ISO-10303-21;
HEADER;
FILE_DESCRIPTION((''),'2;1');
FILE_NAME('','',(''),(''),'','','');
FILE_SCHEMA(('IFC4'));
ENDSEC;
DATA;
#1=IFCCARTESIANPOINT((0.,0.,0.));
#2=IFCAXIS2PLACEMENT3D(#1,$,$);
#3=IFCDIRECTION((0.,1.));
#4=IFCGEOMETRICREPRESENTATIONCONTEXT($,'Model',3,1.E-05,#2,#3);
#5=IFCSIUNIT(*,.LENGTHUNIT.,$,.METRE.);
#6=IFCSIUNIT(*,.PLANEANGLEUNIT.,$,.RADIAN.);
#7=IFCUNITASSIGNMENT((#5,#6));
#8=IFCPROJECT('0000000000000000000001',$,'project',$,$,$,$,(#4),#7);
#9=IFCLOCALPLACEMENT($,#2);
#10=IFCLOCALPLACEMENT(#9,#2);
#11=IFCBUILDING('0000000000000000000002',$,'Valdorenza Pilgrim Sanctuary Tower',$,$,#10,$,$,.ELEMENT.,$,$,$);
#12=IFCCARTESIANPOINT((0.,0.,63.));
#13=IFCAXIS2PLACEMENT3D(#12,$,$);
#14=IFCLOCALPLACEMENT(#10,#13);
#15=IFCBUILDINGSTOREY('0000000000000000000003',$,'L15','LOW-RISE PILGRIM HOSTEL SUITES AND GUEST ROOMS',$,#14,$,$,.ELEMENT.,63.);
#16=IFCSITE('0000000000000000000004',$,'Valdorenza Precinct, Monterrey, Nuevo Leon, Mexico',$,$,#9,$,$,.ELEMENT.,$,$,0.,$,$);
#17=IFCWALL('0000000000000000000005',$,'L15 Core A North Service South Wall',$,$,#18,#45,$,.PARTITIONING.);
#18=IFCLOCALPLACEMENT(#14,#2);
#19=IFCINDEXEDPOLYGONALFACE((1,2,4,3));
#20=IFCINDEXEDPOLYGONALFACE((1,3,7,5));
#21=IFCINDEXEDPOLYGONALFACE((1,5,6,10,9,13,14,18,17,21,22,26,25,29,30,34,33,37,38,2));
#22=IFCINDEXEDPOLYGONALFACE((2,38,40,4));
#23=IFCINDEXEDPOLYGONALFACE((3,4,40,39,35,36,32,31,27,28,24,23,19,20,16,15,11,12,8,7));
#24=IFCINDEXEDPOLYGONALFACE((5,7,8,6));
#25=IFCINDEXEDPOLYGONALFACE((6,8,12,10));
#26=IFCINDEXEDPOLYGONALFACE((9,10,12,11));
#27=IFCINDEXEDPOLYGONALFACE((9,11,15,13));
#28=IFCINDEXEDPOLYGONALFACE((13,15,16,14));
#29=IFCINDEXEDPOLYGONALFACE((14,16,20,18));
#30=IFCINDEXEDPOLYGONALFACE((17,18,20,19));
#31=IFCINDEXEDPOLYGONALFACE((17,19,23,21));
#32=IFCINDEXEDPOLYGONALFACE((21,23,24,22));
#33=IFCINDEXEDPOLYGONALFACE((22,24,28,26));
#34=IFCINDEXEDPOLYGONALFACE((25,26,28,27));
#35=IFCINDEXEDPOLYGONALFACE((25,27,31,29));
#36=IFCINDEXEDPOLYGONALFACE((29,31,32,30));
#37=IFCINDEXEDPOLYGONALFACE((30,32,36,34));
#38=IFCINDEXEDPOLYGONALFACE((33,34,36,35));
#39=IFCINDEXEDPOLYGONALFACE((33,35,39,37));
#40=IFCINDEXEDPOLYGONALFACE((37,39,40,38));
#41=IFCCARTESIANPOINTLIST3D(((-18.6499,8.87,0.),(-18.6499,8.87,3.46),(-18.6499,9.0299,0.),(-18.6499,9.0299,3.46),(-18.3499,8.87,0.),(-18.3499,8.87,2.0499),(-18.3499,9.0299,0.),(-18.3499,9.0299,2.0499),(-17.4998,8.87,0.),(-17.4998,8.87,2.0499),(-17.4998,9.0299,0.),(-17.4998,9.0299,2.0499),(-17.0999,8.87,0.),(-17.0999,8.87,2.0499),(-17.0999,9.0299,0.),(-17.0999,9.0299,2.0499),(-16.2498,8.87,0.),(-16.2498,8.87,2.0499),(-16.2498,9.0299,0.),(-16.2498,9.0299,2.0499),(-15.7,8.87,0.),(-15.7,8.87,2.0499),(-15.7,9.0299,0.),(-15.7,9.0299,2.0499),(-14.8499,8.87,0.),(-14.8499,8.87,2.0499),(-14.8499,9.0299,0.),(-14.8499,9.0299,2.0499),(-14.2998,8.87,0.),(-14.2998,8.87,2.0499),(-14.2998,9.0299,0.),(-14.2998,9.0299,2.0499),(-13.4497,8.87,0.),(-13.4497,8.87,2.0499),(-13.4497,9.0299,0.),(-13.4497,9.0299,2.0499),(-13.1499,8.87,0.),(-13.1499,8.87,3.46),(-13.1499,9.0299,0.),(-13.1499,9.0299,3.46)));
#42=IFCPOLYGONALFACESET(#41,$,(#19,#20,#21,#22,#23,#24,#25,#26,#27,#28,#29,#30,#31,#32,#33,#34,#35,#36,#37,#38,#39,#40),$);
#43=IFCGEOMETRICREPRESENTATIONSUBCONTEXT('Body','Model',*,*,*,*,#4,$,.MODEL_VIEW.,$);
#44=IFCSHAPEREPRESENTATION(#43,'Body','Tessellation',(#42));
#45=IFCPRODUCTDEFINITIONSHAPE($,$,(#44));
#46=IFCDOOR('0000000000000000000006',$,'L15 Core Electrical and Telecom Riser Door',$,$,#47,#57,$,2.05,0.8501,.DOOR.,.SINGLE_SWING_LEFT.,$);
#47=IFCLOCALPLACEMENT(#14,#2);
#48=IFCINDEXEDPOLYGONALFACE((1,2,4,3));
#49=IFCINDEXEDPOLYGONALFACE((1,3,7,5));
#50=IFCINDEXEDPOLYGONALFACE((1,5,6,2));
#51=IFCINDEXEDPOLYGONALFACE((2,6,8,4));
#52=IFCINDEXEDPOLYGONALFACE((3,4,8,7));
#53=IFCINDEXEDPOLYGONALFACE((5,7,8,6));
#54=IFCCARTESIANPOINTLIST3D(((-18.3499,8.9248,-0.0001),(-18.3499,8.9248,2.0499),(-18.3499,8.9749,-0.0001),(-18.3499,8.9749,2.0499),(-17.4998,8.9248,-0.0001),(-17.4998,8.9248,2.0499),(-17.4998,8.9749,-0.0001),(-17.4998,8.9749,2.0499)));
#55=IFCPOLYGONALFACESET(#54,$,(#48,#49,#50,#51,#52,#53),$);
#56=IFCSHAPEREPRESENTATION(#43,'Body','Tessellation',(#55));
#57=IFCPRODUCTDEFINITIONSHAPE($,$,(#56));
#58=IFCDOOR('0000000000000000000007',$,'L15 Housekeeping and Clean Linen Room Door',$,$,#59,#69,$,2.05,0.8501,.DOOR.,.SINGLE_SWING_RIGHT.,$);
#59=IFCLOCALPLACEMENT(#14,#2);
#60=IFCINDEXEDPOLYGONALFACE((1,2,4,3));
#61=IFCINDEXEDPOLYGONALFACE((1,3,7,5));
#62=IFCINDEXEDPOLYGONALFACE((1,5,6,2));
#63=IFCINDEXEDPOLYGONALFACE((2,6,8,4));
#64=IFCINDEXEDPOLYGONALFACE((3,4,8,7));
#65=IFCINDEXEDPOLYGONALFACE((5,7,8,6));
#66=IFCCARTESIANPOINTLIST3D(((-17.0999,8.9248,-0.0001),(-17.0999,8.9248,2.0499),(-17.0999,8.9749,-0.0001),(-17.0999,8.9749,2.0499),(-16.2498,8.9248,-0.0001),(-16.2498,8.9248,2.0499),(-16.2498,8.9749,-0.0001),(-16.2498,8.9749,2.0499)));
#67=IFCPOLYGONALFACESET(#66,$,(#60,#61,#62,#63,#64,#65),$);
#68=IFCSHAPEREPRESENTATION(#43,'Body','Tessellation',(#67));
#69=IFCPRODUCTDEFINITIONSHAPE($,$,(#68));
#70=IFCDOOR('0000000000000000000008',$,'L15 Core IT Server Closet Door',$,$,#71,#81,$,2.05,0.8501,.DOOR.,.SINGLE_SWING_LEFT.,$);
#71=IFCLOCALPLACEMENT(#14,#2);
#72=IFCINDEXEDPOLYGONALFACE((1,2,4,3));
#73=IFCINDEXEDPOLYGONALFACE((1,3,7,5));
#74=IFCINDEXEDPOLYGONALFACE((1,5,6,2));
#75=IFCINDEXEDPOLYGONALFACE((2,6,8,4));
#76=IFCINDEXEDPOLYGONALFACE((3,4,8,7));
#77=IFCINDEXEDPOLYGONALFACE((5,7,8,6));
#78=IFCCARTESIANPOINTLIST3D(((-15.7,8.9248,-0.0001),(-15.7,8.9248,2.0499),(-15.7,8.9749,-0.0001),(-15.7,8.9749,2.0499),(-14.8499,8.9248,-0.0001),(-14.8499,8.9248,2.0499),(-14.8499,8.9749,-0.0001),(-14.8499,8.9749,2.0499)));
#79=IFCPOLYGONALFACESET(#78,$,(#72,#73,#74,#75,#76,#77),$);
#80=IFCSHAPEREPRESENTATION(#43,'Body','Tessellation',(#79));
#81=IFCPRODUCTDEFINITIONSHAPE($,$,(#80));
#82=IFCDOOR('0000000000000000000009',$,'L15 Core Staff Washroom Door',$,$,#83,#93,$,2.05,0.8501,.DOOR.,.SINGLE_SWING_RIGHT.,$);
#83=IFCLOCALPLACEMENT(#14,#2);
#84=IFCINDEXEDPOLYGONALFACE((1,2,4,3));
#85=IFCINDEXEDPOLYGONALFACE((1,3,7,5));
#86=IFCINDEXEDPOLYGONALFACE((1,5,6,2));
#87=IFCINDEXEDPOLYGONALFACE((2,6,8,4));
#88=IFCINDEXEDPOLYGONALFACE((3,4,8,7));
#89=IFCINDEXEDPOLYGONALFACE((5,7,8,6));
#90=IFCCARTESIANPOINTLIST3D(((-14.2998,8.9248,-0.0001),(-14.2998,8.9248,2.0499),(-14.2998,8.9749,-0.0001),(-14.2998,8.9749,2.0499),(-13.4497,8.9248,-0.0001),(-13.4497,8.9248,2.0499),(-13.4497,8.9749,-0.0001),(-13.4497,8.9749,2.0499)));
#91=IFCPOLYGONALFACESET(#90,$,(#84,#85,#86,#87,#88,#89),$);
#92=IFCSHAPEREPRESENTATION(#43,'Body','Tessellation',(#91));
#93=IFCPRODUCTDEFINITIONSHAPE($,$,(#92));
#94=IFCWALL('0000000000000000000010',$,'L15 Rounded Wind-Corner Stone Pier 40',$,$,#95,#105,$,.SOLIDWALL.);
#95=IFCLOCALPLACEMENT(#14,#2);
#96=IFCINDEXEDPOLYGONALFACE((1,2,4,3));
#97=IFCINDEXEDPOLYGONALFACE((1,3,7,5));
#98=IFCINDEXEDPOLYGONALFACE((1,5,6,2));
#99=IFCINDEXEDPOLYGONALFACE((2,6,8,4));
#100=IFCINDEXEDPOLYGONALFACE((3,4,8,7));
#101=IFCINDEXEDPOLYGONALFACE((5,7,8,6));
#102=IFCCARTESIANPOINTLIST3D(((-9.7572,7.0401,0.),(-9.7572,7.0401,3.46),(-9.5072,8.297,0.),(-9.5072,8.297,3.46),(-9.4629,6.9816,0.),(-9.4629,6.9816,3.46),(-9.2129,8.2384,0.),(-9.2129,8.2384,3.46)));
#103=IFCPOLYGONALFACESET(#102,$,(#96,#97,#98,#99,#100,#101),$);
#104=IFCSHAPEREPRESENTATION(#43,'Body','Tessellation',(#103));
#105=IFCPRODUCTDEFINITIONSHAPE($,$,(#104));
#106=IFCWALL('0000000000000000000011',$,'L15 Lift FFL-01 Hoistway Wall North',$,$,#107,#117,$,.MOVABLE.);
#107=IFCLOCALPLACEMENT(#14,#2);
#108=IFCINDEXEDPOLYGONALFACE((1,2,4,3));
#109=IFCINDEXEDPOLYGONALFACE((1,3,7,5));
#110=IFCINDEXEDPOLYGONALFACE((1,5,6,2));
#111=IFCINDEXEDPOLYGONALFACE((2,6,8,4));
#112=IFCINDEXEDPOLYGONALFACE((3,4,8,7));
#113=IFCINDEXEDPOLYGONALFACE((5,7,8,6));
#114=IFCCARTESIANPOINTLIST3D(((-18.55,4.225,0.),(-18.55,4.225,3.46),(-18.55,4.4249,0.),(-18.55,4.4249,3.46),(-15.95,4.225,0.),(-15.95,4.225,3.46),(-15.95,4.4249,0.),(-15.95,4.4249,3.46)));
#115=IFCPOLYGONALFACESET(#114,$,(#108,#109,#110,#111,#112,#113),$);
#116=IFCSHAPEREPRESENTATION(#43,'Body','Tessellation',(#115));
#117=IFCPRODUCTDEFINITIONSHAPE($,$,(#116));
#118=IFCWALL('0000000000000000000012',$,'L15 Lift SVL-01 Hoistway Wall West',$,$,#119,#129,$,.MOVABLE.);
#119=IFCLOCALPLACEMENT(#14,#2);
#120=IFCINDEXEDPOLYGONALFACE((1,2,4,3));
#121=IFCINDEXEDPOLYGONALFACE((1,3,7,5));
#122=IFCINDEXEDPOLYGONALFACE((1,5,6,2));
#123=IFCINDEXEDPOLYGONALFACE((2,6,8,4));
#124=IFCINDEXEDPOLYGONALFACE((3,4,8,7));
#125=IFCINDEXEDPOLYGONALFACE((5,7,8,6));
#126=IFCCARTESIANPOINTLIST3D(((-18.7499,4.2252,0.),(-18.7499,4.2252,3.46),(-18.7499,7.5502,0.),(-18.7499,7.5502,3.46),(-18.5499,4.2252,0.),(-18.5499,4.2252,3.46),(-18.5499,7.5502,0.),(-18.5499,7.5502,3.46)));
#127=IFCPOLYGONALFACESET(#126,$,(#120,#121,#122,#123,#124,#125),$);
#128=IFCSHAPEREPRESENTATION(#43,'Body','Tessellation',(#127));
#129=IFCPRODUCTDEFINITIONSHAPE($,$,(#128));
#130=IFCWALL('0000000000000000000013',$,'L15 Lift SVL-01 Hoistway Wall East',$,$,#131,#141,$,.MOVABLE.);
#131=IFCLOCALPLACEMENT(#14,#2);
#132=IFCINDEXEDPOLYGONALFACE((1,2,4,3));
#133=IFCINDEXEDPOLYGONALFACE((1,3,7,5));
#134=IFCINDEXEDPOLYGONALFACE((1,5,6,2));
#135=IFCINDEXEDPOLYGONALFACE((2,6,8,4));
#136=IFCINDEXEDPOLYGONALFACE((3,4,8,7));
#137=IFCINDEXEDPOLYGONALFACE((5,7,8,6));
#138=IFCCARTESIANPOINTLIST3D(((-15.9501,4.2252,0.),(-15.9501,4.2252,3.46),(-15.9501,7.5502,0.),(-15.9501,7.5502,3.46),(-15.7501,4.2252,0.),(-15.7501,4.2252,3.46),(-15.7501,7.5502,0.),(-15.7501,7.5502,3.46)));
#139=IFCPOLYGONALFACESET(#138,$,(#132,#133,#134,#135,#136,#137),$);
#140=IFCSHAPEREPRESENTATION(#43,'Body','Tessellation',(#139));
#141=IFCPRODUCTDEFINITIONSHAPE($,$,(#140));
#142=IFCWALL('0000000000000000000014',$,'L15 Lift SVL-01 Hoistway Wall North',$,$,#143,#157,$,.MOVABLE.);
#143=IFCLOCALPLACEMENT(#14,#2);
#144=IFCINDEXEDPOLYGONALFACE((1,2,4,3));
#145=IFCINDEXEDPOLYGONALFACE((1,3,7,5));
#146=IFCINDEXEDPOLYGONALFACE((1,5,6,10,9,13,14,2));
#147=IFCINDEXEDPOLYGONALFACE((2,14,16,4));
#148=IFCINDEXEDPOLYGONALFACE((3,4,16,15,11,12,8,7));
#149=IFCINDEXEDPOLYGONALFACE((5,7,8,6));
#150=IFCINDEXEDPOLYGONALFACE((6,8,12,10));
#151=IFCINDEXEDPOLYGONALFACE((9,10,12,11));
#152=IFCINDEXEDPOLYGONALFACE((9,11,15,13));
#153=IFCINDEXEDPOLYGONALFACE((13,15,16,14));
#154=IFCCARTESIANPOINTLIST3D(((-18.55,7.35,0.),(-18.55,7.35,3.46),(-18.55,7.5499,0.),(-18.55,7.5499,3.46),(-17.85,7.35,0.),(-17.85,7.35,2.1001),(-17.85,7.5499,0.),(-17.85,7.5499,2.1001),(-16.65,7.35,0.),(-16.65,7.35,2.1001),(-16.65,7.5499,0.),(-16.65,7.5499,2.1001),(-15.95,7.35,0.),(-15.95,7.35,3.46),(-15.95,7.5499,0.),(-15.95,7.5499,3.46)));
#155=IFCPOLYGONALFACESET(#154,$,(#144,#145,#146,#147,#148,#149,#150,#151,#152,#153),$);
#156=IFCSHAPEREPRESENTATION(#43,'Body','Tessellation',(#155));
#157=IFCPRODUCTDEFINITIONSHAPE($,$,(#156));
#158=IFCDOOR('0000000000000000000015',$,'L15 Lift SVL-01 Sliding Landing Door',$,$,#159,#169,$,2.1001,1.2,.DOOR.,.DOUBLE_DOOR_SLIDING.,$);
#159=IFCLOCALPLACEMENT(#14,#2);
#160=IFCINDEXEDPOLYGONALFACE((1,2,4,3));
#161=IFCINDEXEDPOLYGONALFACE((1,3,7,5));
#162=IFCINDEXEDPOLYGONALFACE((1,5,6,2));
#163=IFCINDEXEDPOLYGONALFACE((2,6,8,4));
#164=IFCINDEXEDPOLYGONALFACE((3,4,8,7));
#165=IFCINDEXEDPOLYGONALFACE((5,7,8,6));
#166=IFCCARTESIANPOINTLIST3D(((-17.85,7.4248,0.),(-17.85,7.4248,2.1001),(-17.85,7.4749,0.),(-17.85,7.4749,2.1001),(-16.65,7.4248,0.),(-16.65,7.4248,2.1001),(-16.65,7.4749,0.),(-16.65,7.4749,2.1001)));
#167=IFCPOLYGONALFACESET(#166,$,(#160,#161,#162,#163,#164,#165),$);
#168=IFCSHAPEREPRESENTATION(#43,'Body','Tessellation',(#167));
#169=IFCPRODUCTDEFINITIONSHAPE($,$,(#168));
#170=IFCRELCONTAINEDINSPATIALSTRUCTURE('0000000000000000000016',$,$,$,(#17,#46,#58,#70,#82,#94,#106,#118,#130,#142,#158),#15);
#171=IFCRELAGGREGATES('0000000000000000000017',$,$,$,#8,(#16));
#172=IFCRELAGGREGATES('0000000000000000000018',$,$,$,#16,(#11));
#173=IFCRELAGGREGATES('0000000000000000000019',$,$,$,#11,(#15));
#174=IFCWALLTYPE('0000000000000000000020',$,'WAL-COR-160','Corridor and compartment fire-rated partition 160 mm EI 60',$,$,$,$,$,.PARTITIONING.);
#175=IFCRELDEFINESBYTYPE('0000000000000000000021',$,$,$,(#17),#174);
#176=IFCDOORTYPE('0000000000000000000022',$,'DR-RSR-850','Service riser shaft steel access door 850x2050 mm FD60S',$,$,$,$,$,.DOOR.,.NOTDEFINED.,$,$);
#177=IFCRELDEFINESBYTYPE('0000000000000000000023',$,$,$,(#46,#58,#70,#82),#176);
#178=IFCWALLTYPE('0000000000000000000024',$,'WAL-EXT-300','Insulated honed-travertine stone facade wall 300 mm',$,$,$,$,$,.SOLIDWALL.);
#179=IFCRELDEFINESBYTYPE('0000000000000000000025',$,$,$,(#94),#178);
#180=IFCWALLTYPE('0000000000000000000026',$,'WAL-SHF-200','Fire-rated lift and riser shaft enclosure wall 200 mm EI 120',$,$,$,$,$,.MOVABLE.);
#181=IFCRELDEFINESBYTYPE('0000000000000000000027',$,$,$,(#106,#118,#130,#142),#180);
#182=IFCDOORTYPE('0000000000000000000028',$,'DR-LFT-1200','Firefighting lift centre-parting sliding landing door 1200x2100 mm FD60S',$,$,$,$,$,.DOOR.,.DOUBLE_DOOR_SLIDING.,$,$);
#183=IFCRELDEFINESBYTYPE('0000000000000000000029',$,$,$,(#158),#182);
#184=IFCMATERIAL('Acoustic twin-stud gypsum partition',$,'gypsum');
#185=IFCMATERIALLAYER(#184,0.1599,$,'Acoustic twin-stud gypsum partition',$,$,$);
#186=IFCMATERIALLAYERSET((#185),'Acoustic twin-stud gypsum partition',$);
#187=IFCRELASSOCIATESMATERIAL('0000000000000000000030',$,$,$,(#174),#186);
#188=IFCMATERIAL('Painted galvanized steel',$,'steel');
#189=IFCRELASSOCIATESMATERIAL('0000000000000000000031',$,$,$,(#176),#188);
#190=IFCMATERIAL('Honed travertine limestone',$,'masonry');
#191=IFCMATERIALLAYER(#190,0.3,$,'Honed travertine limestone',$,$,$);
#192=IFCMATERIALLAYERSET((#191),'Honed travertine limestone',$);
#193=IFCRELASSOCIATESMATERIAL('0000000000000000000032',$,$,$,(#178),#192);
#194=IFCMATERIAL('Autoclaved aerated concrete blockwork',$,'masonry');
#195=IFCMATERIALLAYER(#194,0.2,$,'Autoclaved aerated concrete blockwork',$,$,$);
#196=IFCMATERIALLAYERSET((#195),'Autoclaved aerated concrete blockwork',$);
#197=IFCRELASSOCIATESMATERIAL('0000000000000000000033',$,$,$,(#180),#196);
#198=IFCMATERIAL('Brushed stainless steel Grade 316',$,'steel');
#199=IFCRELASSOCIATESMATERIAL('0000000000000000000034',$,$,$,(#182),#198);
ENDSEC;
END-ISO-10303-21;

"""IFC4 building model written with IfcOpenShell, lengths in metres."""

from ifc_helpers import new_model, si_unit, direction, frame, frame_2d, origin, place, context, subcontext, project, spatial, rectangle, extrude, material, layer, layer_set, type_object, element, fill, save


model = new_model("IFC4")

# Units and contexts
model_context = context("Model", 3, precision=1e-05, world=origin(), true_north=direction((0.0, 1.0)))
body_context = subcontext(model_context, "Body", "Model", "MODEL_VIEW")
ifc_project = project(units=[si_unit("LENGTHUNIT", "METRE"), si_unit("PLANEANGLEUNIT", "RADIAN")], contexts=[model_context])

# Site, building, storey
site_placement = place(None, origin())
site = spatial("IfcSite", under=ifc_project, at=site_placement, Name="Valdorenza Precinct, Monterrey, Nuevo Leon, Mexico", CompositionType="ELEMENT", RefElevation=0.0)
building_placement = place(site_placement, origin())
building = spatial("IfcBuilding", under=site, at=building_placement, Name="Valdorenza Pilgrim Sanctuary Tower", CompositionType="ELEMENT")
storey_placement = place(building_placement, frame((0.0, 0.0, 63.0)))
storey = spatial("IfcBuildingStorey", under=building, at=storey_placement, Name="L15", Description="LOW-RISE PILGRIM HOSTEL SUITES AND GUEST ROOMS", CompositionType="ELEMENT", Elevation=63.0)

# Shared definitions
ifc_material_1 = material(Name="Honed travertine limestone", Category="masonry")

# Shared definitions
ifc_material_2 = material(Name="Acoustic twin-stud gypsum partition", Category="gypsum")
ifc_layer_1 = layer(ifc_material_2, 0.1599, Name="Acoustic twin-stud gypsum partition")
ifc_layer_set_1 = layer_set([ifc_layer_1], Name="Acoustic twin-stud gypsum partition")
wall_type_1 = type_object("IfcWallType", Name="WAL-COR-160", Description="Corridor and compartment fire-rated partition 160 mm EI 60", PredefinedType="PARTITIONING", material=ifc_layer_set_1)

# Wall, openings, doors
wall_1_placement = place(storey_placement, frame((-18.6499, 8.95, 0.0), z_axis=(0.0, 0.0, 1.0), x_axis=(1.0, 0.0, 0.0)))
wall_1 = element("IfcWall", 1, at=wall_1_placement, inside=storey, type_object=wall_type_1, Name="L15 Core A North Service South Wall", PredefinedType="PARTITIONING", context=body_context, shape_type="SweptSolid", body=[
    extrude(rectangle(XDim=5.5, YDim=0.1599, at=frame_2d((2.75, 0.0))), origin(), (0.0, 0.0, 1.0), 3.46),
])
opening_1_placement = place(wall_1_placement, frame((0.3, 0.0, 0.0)))
opening_1 = element("IfcOpeningElement", 2, at=opening_1_placement, cuts=wall_1, PredefinedType="OPENING", context=body_context, shape_type="SweptSolid", body=[
    extrude(rectangle(XDim=0.8501, YDim=2.05, at=frame_2d((0.425, 1.0249))), frame((0.0, 0.0947, 0.0), z_axis=(0.0, -1.0, 0.0), x_axis=(1.0, 0.0, 0.0)), (0.0, 0.0, 1.0), 0.1897),
])
opening_2_placement = place(wall_1_placement, frame((1.55, 0.0, 0.0)))
opening_2 = element("IfcOpeningElement", 3, at=opening_2_placement, cuts=wall_1, PredefinedType="OPENING", context=body_context, shape_type="SweptSolid", body=[
    extrude(rectangle(XDim=0.8501, YDim=2.05, at=frame_2d((0.425, 1.0249))), frame((0.0, 0.0947, 0.0), z_axis=(0.0, -1.0, 0.0), x_axis=(1.0, 0.0, 0.0)), (0.0, 0.0, 1.0), 0.1897),
])
opening_3_placement = place(wall_1_placement, frame((2.95, 0.0, 0.0)))
opening_3 = element("IfcOpeningElement", 4, at=opening_3_placement, cuts=wall_1, PredefinedType="OPENING", context=body_context, shape_type="SweptSolid", body=[
    extrude(rectangle(XDim=0.8501, YDim=2.05, at=frame_2d((0.425, 1.0249))), frame((0.0, 0.0947, 0.0), z_axis=(0.0, -1.0, 0.0), x_axis=(1.0, 0.0, 0.0)), (0.0, 0.0, 1.0), 0.1897),
])
opening_4_placement = place(wall_1_placement, frame((4.3501, 0.0, 0.0)))
opening_4 = element("IfcOpeningElement", 5, at=opening_4_placement, cuts=wall_1, PredefinedType="OPENING", context=body_context, shape_type="SweptSolid", body=[
    extrude(rectangle(XDim=0.8501, YDim=2.05, at=frame_2d((0.425, 1.0249))), frame((0.0, 0.0947, 0.0), z_axis=(0.0, -1.0, 0.0), x_axis=(1.0, 0.0, 0.0)), (0.0, 0.0, 1.0), 0.1897),
])
ifc_material_3 = material(Name="Painted galvanized steel", Category="steel")
door_type_1 = type_object("IfcDoorType", Name="DR-RSR-850", Description="Service riser shaft steel access door 850x2050 mm FD60S", OperationType="NOTDEFINED", PredefinedType="DOOR", material=ifc_material_3)
door_1_placement = place(opening_1_placement, origin())
door_1 = element("IfcDoor", 6, at=door_1_placement, inside=storey, type_object=door_type_1, Name="L15 Core Electrical and Telecom Riser Door", OperationType="SINGLE_SWING_LEFT", OverallHeight=2.05, OverallWidth=0.8501, PredefinedType="DOOR", context=body_context, shape_type="SweptSolid", body=[
    extrude(rectangle(XDim=0.8501, YDim=2.05, at=frame_2d((0.425, 1.0249))), frame((0.0, 0.0249, 0.0), z_axis=(0.0, -1.0, 0.0), x_axis=(1.0, 0.0, 0.0)), (0.0, 0.0, 1.0), 0.05),
])
fill(opening_1, door_1)
door_2_placement = place(opening_2_placement, origin())
door_2 = element("IfcDoor", 7, at=door_2_placement, inside=storey, type_object=door_type_1, Name="L15 Housekeeping and Clean Linen Room Door", OperationType="SINGLE_SWING_RIGHT", OverallHeight=2.05, OverallWidth=0.8501, PredefinedType="DOOR", context=body_context, shape_type="SweptSolid", body=[
    extrude(rectangle(XDim=0.8501, YDim=2.05, at=frame_2d((0.425, 1.0249))), frame((0.0, 0.0249, 0.0), z_axis=(0.0, -1.0, 0.0), x_axis=(1.0, 0.0, 0.0)), (0.0, 0.0, 1.0), 0.05),
])
fill(opening_2, door_2)
door_3_placement = place(opening_3_placement, origin())
door_3 = element("IfcDoor", 8, at=door_3_placement, inside=storey, type_object=door_type_1, Name="L15 Core IT Server Closet Door", OperationType="SINGLE_SWING_LEFT", OverallHeight=2.05, OverallWidth=0.8501, PredefinedType="DOOR", context=body_context, shape_type="SweptSolid", body=[
    extrude(rectangle(XDim=0.8501, YDim=2.05, at=frame_2d((0.425, 1.0249))), frame((0.0, 0.0249, 0.0), z_axis=(0.0, -1.0, 0.0), x_axis=(1.0, 0.0, 0.0)), (0.0, 0.0, 1.0), 0.05),
])
fill(opening_3, door_3)
door_4_placement = place(opening_4_placement, origin())
door_4 = element("IfcDoor", 9, at=door_4_placement, inside=storey, type_object=door_type_1, Name="L15 Core Staff Washroom Door", OperationType="SINGLE_SWING_RIGHT", OverallHeight=2.05, OverallWidth=0.8501, PredefinedType="DOOR", context=body_context, shape_type="SweptSolid", body=[
    extrude(rectangle(XDim=0.8501, YDim=2.05, at=frame_2d((0.425, 1.0249))), frame((0.0, 0.0249, 0.0), z_axis=(0.0, -1.0, 0.0), x_axis=(1.0, 0.0, 0.0)), (0.0, 0.0, 1.0), 0.05),
])
fill(opening_4, door_4)

# Walls
ifc_layer_2 = layer(ifc_material_1, 0.3, Name="Honed travertine limestone")
ifc_layer_set_2 = layer_set([ifc_layer_2], Name="Honed travertine limestone")
wall_type_2 = type_object("IfcWallType", Name="WAL-EXT-300", Description="Insulated honed-travertine stone facade wall 300 mm", PredefinedType="SOLIDWALL", material=ifc_layer_set_2)
wall_2_placement = place(storey_placement, frame((-9.3601, 8.2676, 0.0), z_axis=(0.0, 0.0, 1.0), x_axis=(-0.19509, -0.980785, 0.0)))
element("IfcWall", 10, at=wall_2_placement, inside=storey, type_object=wall_type_2, Name="L15 Rounded Wind-Corner Stone Pier 40", PredefinedType="SOLIDWALL", context=body_context, shape_type="SweptSolid", body=[
    extrude(rectangle(XDim=1.2815, YDim=0.3, at=frame_2d((0.6406, 0.0))), origin(), (0.0, 0.0, 1.0), 3.46),
])
ifc_material_4 = material(Name="Autoclaved aerated concrete blockwork", Category="masonry")
ifc_layer_3 = layer(ifc_material_4, 0.2, Name="Autoclaved aerated concrete blockwork")
ifc_layer_set_3 = layer_set([ifc_layer_3], Name="Autoclaved aerated concrete blockwork")
wall_type_3 = type_object("IfcWallType", Name="WAL-SHF-200", Description="Fire-rated lift and riser shaft enclosure wall 200 mm EI 120", PredefinedType="MOVABLE", material=ifc_layer_set_3)
wall_3_placement = place(storey_placement, frame((-18.55, 4.325, 0.0), z_axis=(0.0, 0.0, 1.0), x_axis=(1.0, 0.0, 0.0)))
element("IfcWall", 11, at=wall_3_placement, inside=storey, type_object=wall_type_3, Name="L15 Lift FFL-01 Hoistway Wall North", PredefinedType="MOVABLE", context=body_context, shape_type="SweptSolid", body=[
    extrude(rectangle(XDim=2.6001, YDim=0.2, at=frame_2d((1.3, 0.0))), origin(), (0.0, 0.0, 1.0), 3.46),
])
for number, where, z_axis, x_axis, name in (
    (12, (-18.6499, 4.2251, 0.0), (0.0, 0.0, 1.0), (0.0, 1.0, 0.0), "L15 Lift SVL-01 Hoistway Wall West"),
    (13, (-15.8501, 4.2251, 0.0), (0.0, 0.0, 1.0), (0.0, 1.0, 0.0), "L15 Lift SVL-01 Hoistway Wall East"),
):
    element("IfcWall", number, at=place(storey_placement, frame(where, z_axis=z_axis, x_axis=x_axis)), inside=storey, type_object=wall_type_3, Name=name, PredefinedType="MOVABLE", context=body_context, shape_type="SweptSolid", body=[
        extrude(rectangle(XDim=3.325, YDim=0.2, at=frame_2d((1.6626, 0.0))), origin(), (0.0, 0.0, 1.0), 3.46),
    ])

# Wall, opening, door
wall_4_placement = place(storey_placement, frame((-18.55, 7.45, 0.0), z_axis=(0.0, 0.0, 1.0), x_axis=(1.0, 0.0, 0.0)))
wall_4 = element("IfcWall", 14, at=wall_4_placement, inside=storey, type_object=wall_type_3, Name="L15 Lift SVL-01 Hoistway Wall North", PredefinedType="MOVABLE", context=body_context, shape_type="SweptSolid", body=[
    extrude(rectangle(XDim=2.6001, YDim=0.2, at=frame_2d((1.3, 0.0))), origin(), (0.0, 0.0, 1.0), 3.46),
])
opening_5_placement = place(wall_4_placement, frame((0.7, 0.0, 0.0)))
opening_5 = element("IfcOpeningElement", 15, at=opening_5_placement, cuts=wall_4, PredefinedType="OPENING", context=body_context, shape_type="SweptSolid", body=[
    extrude(rectangle(XDim=1.2, YDim=2.1001, at=frame_2d((0.6001, 1.05))), frame((0.0, 0.1147, 0.0), z_axis=(0.0, -1.0, 0.0), x_axis=(1.0, 0.0, 0.0)), (0.0, 0.0, 1.0), 0.2297),
])
ifc_material_5 = material(Name="Brushed stainless steel Grade 316", Category="steel")
door_type_2 = type_object("IfcDoorType", Name="DR-LFT-1200", Description="Firefighting lift centre-parting sliding landing door 1200x2100 mm FD60S", OperationType="DOUBLE_DOOR_SLIDING", PredefinedType="DOOR", material=ifc_material_5)
door_5_placement = place(opening_5_placement, origin())
door_5 = element("IfcDoor", 16, at=door_5_placement, inside=storey, type_object=door_type_2, Name="L15 Lift SVL-01 Sliding Landing Door", OperationType="DOUBLE_DOOR_SLIDING", OverallHeight=2.1001, OverallWidth=1.2, PredefinedType="DOOR", context=body_context, shape_type="SweptSolid", body=[
    extrude(rectangle(XDim=1.2, YDim=2.1001, at=frame_2d((0.6001, 1.05))), frame((0.0, 0.0249, 0.0), z_axis=(0.0, -1.0, 0.0), x_axis=(1.0, 0.0, 0.0)), (0.0, 0.0, 1.0), 0.05),
])
fill(opening_5, door_5)

save(model, "model.ifc")
